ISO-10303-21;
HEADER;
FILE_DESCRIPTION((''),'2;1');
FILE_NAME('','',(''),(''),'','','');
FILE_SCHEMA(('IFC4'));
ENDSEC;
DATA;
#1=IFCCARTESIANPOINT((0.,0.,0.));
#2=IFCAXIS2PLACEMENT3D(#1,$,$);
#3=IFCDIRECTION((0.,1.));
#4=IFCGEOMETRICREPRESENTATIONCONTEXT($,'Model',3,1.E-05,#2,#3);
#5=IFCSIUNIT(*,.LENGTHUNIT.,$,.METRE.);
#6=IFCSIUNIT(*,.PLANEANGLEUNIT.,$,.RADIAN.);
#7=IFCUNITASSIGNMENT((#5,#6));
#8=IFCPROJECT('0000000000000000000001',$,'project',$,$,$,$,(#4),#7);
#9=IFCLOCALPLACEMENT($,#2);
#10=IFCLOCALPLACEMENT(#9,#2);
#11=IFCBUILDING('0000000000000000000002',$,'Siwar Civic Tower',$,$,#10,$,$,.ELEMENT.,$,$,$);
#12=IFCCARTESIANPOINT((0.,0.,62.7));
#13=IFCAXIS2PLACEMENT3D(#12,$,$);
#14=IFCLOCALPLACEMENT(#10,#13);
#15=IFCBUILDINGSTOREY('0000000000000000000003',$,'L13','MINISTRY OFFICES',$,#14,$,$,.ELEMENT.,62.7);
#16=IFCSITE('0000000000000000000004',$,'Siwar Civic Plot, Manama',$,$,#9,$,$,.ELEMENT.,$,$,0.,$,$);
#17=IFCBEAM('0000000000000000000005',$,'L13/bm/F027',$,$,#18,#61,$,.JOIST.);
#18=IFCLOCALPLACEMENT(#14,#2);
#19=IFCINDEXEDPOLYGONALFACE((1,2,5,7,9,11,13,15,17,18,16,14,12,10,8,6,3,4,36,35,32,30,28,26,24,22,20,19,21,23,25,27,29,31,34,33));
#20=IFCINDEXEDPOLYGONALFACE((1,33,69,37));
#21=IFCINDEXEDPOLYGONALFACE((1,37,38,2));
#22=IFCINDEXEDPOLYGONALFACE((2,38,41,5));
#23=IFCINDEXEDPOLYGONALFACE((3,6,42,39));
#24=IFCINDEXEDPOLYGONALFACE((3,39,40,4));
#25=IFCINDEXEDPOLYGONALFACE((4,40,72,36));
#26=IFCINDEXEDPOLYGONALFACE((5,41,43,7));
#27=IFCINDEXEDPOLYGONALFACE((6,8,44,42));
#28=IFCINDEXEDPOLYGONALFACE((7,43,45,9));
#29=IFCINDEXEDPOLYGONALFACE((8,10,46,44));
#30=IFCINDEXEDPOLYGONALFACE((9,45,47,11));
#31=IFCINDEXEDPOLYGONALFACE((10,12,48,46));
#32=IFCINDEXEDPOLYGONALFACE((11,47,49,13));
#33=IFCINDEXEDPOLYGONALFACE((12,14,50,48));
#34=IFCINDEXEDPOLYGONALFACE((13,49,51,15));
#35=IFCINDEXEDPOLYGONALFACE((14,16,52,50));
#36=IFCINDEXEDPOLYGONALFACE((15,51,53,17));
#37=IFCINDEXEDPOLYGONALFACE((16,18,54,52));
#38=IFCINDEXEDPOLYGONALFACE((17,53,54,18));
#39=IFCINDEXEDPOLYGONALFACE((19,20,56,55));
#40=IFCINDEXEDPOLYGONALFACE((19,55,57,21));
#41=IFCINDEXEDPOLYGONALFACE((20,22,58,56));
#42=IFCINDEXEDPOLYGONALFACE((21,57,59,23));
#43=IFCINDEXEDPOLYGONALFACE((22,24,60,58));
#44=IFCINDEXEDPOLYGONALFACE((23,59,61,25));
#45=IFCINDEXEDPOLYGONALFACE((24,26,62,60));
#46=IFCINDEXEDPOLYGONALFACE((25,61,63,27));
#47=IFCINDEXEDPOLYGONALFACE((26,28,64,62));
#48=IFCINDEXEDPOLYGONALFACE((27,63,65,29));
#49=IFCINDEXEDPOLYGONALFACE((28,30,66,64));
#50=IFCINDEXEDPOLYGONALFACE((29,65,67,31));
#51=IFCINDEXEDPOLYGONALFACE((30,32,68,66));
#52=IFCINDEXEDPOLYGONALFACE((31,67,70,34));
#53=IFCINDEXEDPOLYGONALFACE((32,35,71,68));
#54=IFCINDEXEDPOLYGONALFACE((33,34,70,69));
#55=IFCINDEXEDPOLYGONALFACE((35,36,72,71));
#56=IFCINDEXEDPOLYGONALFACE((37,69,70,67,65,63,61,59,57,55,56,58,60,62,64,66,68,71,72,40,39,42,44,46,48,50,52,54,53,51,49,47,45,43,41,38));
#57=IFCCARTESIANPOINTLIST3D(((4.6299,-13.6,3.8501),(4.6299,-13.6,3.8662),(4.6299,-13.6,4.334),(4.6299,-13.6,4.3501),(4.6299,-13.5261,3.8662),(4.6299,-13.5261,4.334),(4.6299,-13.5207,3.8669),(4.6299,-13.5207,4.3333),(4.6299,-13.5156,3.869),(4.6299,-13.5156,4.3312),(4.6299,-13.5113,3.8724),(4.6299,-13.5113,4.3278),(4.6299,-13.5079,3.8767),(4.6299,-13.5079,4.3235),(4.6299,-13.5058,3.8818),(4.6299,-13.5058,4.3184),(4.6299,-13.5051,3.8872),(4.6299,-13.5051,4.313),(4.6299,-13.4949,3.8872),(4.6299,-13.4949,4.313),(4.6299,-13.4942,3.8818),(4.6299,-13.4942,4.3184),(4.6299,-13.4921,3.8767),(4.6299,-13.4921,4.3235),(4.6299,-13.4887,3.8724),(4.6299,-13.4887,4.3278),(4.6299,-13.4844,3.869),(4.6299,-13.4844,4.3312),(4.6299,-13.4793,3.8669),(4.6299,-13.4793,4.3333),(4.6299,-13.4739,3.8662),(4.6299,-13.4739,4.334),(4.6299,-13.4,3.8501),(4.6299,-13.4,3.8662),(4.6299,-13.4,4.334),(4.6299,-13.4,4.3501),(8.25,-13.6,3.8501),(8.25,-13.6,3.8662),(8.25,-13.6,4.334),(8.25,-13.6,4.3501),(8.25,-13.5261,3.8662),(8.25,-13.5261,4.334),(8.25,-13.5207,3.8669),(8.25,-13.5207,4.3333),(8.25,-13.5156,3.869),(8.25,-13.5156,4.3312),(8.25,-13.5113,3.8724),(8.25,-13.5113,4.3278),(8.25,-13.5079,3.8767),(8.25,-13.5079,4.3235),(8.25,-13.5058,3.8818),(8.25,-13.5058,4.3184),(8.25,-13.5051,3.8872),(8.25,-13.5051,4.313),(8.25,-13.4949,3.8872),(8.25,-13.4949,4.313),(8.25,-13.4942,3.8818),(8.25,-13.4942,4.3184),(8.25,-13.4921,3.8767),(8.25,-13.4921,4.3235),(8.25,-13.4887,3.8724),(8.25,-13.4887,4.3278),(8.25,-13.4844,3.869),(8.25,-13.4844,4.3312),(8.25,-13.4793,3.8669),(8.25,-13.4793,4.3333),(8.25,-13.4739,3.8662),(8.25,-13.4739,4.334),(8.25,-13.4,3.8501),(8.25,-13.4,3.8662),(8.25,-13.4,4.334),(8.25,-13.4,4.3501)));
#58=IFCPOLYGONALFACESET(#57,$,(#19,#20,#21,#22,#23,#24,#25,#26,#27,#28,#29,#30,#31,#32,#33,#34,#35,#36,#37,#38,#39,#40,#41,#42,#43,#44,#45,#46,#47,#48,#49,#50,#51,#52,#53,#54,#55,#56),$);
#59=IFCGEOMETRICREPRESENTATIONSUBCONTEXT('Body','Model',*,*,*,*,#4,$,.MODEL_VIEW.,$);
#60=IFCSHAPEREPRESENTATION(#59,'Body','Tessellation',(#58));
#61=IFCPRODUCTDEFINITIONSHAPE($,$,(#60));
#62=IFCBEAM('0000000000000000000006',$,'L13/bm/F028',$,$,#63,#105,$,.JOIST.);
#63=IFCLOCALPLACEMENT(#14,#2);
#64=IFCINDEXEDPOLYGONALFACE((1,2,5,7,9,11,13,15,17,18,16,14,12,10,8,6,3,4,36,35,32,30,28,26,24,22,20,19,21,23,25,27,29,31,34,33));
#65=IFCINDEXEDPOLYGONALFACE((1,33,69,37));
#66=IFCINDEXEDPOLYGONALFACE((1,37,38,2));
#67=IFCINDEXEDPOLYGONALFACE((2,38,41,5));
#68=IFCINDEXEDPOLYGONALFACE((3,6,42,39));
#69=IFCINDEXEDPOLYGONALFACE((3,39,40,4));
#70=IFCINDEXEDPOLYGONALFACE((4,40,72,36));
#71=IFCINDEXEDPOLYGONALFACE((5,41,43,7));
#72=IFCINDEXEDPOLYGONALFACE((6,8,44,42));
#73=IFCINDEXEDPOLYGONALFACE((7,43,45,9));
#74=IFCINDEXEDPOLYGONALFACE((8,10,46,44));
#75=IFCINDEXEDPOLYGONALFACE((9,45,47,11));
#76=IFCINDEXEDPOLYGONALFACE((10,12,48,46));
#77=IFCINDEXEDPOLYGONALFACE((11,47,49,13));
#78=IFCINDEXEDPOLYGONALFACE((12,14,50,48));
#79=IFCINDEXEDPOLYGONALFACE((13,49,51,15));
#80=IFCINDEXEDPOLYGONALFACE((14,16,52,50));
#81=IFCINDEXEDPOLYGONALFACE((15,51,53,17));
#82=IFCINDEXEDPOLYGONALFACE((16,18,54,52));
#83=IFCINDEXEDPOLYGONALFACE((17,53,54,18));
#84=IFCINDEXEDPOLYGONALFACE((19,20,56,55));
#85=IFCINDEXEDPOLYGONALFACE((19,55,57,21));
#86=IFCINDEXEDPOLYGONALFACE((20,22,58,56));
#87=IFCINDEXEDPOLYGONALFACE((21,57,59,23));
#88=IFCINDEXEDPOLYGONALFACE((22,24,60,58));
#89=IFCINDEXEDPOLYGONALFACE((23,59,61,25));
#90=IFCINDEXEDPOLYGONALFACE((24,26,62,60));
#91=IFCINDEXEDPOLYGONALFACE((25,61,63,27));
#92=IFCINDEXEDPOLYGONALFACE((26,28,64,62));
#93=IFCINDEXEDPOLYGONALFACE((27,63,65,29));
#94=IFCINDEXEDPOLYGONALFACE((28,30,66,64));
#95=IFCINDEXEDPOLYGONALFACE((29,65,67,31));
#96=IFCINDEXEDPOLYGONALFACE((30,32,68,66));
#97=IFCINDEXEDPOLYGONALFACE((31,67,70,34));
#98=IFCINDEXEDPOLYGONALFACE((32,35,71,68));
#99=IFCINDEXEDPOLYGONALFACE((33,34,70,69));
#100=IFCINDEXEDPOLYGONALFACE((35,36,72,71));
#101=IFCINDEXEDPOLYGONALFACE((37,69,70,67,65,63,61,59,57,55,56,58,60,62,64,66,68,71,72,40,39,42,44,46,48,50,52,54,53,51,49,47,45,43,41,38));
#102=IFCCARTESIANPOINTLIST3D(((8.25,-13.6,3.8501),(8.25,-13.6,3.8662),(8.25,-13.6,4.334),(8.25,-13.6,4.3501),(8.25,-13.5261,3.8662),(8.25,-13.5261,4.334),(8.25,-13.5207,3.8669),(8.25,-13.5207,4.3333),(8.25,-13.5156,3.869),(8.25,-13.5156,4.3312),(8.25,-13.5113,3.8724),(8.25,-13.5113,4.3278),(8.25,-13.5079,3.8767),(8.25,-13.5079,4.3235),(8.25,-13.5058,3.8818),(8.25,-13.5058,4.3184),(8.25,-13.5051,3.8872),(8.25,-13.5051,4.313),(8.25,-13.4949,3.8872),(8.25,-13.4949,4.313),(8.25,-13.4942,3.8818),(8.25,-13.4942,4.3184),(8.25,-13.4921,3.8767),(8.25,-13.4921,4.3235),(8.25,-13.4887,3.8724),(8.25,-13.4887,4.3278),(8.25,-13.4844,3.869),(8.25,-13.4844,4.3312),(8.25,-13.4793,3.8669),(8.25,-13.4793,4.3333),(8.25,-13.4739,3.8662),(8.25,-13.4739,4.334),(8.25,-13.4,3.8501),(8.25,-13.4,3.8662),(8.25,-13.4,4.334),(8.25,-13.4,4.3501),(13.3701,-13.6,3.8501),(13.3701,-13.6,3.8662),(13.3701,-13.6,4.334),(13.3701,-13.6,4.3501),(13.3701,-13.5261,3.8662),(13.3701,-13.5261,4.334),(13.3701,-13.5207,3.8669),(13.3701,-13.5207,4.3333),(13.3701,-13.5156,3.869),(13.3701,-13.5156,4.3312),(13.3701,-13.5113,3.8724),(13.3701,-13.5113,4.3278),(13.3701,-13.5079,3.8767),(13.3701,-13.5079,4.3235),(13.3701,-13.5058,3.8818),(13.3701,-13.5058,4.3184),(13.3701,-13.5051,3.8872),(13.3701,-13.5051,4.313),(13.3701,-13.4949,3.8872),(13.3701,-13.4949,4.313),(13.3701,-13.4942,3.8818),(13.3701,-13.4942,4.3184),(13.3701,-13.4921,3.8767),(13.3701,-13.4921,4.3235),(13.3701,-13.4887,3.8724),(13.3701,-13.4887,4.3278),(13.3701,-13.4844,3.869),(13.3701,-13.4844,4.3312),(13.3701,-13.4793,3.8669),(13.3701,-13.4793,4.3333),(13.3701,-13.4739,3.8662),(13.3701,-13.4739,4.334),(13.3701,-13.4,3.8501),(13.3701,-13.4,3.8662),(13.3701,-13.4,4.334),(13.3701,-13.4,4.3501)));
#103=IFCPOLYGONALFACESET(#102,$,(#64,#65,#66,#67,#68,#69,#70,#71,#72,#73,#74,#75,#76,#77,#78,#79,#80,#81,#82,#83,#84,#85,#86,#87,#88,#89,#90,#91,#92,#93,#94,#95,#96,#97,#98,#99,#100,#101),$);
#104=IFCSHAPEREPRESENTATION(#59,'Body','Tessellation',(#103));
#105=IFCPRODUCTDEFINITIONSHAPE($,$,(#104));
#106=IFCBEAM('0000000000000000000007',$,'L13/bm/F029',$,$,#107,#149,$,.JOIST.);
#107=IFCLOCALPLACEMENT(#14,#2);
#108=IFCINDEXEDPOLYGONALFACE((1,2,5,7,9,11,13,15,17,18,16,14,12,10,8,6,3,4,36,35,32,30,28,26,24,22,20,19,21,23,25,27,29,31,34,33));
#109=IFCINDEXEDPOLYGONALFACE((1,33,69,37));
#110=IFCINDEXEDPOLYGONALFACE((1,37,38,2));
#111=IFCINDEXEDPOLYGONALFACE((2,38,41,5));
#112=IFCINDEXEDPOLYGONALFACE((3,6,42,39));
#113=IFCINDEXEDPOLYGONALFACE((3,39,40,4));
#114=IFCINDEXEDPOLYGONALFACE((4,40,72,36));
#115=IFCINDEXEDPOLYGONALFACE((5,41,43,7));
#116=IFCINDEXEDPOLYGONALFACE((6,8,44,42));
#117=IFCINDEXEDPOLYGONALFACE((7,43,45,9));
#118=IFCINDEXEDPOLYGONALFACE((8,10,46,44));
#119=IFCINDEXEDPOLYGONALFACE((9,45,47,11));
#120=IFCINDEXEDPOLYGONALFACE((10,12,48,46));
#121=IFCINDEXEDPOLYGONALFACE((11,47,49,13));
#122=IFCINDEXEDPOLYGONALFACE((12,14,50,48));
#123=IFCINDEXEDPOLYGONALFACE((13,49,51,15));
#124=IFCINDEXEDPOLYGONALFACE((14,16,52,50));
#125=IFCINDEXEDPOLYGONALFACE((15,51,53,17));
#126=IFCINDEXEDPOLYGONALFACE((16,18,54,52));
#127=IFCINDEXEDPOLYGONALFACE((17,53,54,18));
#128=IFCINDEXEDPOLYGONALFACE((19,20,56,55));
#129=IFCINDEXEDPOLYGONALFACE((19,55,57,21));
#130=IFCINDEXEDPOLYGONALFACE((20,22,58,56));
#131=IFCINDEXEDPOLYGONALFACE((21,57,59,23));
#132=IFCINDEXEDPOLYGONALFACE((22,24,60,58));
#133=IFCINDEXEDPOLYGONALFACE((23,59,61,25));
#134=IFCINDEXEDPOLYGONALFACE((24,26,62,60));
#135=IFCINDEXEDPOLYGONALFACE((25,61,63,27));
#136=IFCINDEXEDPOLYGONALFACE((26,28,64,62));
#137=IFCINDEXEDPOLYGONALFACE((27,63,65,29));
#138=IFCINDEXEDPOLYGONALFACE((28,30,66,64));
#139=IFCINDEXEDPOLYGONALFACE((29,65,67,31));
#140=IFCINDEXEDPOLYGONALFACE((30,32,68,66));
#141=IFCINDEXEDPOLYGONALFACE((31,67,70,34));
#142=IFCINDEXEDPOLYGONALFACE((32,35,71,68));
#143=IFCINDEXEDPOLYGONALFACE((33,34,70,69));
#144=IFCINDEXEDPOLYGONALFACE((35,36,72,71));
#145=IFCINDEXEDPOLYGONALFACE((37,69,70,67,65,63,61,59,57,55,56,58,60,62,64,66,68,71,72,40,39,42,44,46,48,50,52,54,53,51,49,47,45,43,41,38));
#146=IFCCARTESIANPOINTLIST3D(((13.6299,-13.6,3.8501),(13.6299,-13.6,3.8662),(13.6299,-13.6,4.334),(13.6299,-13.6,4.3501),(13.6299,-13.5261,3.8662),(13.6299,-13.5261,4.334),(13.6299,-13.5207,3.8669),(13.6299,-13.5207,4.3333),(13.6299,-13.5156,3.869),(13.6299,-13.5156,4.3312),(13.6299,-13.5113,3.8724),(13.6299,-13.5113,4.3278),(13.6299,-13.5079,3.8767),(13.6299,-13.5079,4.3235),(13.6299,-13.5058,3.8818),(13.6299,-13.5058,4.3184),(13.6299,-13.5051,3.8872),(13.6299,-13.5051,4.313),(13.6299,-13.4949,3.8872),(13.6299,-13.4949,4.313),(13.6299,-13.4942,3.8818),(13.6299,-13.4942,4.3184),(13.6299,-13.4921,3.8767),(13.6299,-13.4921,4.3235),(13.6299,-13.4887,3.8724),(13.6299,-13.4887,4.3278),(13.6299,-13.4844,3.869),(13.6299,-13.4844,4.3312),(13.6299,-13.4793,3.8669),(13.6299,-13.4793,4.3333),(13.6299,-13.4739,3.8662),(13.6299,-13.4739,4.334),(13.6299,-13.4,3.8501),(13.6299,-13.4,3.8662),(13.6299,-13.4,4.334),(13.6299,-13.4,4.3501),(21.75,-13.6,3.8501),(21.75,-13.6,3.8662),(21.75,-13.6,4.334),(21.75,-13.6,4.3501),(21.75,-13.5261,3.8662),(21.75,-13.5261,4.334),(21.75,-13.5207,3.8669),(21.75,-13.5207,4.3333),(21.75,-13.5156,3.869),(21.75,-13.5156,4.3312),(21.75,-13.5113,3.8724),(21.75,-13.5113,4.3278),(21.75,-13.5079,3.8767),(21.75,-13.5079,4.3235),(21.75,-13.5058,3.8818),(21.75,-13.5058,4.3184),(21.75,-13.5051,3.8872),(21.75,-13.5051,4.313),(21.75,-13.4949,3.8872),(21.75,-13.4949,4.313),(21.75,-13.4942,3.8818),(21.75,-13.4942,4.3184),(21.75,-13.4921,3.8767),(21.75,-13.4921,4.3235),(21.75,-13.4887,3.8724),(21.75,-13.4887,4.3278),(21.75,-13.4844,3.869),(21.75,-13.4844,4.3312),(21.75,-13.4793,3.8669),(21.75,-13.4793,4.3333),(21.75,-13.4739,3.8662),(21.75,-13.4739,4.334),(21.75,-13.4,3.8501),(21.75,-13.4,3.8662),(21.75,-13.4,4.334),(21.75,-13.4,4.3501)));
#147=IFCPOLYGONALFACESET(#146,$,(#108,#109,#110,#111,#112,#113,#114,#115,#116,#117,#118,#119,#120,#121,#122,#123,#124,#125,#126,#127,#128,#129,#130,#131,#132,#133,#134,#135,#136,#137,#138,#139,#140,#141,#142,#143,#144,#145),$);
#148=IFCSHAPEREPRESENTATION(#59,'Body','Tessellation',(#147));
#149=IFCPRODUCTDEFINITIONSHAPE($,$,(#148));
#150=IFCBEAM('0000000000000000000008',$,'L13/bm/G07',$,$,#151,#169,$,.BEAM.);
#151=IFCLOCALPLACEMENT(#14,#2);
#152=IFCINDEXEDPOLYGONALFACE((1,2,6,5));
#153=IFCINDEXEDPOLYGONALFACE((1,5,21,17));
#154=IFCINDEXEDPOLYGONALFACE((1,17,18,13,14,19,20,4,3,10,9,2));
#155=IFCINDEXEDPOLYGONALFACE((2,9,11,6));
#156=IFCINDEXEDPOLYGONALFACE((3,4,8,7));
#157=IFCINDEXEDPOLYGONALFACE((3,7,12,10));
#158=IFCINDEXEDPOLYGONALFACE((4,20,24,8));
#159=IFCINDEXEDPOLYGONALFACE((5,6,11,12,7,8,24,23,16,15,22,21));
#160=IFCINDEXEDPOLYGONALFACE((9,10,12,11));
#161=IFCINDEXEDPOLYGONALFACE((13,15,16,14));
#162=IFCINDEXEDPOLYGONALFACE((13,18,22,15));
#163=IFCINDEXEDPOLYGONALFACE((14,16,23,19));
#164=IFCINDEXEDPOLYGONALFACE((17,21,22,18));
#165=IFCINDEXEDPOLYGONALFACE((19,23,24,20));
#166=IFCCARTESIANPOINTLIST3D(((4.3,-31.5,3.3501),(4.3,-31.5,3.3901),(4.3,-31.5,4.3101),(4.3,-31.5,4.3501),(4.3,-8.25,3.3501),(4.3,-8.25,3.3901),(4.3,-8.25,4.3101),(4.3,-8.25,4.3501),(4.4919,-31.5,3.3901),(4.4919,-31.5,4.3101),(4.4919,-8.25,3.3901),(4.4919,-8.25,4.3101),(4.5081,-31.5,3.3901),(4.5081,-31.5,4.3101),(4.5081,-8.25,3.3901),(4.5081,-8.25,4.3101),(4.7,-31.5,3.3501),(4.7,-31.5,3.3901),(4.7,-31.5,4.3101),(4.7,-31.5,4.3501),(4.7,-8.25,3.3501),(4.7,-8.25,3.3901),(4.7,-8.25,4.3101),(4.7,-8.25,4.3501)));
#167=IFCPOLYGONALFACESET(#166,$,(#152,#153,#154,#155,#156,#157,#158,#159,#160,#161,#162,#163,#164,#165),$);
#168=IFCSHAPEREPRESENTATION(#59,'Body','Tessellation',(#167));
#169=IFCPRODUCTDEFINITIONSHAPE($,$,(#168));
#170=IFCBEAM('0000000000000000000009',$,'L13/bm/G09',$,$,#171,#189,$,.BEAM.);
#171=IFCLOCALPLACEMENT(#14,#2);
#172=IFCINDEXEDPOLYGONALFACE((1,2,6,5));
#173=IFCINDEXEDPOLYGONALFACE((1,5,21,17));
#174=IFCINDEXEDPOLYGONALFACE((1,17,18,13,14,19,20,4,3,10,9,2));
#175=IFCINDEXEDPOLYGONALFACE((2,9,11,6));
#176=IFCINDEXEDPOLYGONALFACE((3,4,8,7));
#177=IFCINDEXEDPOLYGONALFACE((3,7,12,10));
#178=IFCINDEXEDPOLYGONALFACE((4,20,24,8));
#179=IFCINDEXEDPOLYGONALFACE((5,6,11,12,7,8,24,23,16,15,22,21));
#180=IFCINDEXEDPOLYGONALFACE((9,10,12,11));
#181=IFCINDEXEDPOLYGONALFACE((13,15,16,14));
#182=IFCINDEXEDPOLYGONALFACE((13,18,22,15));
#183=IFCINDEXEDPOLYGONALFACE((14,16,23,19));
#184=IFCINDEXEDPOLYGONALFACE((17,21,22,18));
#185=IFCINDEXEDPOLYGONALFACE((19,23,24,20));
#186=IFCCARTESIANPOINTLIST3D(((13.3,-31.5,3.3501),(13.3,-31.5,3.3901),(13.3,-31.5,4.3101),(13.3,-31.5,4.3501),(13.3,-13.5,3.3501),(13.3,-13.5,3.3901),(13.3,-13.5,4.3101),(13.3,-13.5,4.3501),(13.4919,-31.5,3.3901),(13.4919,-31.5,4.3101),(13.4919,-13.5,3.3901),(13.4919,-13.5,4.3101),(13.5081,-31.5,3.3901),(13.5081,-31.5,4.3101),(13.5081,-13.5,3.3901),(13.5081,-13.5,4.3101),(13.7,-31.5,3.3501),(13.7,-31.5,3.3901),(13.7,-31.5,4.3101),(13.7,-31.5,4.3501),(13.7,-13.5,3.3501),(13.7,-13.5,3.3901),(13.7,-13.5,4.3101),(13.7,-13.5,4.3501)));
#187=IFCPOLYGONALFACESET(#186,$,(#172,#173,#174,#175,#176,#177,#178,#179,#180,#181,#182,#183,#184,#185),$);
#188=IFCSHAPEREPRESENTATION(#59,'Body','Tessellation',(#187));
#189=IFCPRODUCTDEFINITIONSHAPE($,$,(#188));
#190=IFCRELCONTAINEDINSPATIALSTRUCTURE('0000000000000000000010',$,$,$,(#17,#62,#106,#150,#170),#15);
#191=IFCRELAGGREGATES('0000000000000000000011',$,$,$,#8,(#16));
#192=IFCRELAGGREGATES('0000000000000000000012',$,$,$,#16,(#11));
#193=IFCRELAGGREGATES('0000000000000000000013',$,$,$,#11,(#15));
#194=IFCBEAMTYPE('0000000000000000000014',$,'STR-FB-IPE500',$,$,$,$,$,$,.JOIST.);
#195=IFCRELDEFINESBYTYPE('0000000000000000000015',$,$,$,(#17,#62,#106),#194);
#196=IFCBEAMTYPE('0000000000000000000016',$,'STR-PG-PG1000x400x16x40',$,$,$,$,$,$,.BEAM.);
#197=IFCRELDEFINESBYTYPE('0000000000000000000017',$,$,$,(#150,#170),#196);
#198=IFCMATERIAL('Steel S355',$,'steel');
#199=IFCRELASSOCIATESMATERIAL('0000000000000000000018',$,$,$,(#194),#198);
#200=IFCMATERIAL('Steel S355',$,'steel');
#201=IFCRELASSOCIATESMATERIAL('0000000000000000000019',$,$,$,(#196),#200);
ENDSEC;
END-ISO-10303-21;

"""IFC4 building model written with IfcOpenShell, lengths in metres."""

from ifc_helpers import new_model, si_unit, direction, frame, origin, origin_2d, place, context, subcontext, project, spatial, i_section, extrude, material, material_profile, profile_set, type_object, element, save


model = new_model("IFC4")

# Units and contexts
model_context = context("Model", 3, precision=1e-05, world=origin(), true_north=direction((0.0, 1.0)))
body_context = subcontext(model_context, "Body", "Model", "MODEL_VIEW")
ifc_project = project(units=[si_unit("LENGTHUNIT", "METRE"), si_unit("PLANEANGLEUNIT", "RADIAN")], contexts=[model_context])

# Site, building, storey
site_placement = place(None, origin())
site = spatial("IfcSite", under=ifc_project, at=site_placement, Name="Siwar Civic Plot, Manama", CompositionType="ELEMENT", RefElevation=0.0)
building_placement = place(site_placement, origin())
building = spatial("IfcBuilding", under=site, at=building_placement, Name="Siwar Civic Tower", CompositionType="ELEMENT")
storey_placement = place(building_placement, frame((0.0, 0.0, 62.7)))
storey = spatial("IfcBuildingStorey", under=building, at=storey_placement, Name="L13", Description="MINISTRY OFFICES", CompositionType="ELEMENT", Elevation=62.7)

# Beams
ifc_material_1 = material(Name="Steel S355", Category="steel")
ifc_material_profile_1 = material_profile(ifc_material_1, i_section(OverallWidth=0.2, OverallDepth=0.5, WebThickness=0.0103, FlangeThickness=0.0161, FilletRadius=0.021, at=origin_2d()), Name="IPE500")
ifc_profile_set_1 = profile_set([ifc_material_profile_1], Name="Steel S355")
beam_type_1 = type_object("IfcBeamType", Name="STR-FB-IPE500", PredefinedType="JOIST", material=ifc_profile_set_1)
beam_1_placement = place(storey_placement, frame((4.6299, -13.5, 4.1001), z_axis=(1.0, 0.0, 0.0), x_axis=(0.0, 1.0, 0.0)))
element("IfcBeam", 1, at=beam_1_placement, inside=storey, type_object=beam_type_1, Name="L13/bm/F027", PredefinedType="JOIST", context=body_context, shape_type="SweptSolid", body=[
    extrude(i_section(OverallWidth=0.2, OverallDepth=0.5, WebThickness=0.0103, FlangeThickness=0.0161, FilletRadius=0.021, at=origin_2d()), origin(), (0.0, 0.0, 1.0), 3.6201),
])
beam_2_placement = place(storey_placement, frame((8.25, -13.5, 4.1001), z_axis=(1.0, 0.0, 0.0), x_axis=(0.0, 1.0, 0.0)))
element("IfcBeam", 2, at=beam_2_placement, inside=storey, type_object=beam_type_1, Name="L13/bm/F028", PredefinedType="JOIST", context=body_context, shape_type="SweptSolid", body=[
    extrude(i_section(OverallWidth=0.2, OverallDepth=0.5, WebThickness=0.0103, FlangeThickness=0.0161, FilletRadius=0.021, at=origin_2d()), origin(), (0.0, 0.0, 1.0), 5.1201),
])
beam_3_placement = place(storey_placement, frame((13.6299, -13.5, 4.1001), z_axis=(1.0, 0.0, 0.0), x_axis=(0.0, 1.0, 0.0)))
element("IfcBeam", 3, at=beam_3_placement, inside=storey, type_object=beam_type_1, Name="L13/bm/F029", PredefinedType="JOIST", context=body_context, shape_type="SweptSolid", body=[
    extrude(i_section(OverallWidth=0.2, OverallDepth=0.5, WebThickness=0.0103, FlangeThickness=0.0161, FilletRadius=0.021, at=origin_2d()), origin(), (0.0, 0.0, 1.0), 8.1201),
])
ifc_material_2 = material(Name="Steel S355", Category="steel")
ifc_material_profile_2 = material_profile(ifc_material_2, i_section(OverallWidth=0.3999, OverallDepth=1.0, WebThickness=0.0161, FlangeThickness=0.04, at=origin_2d()), Name="PG1000x400x16x40")
ifc_profile_set_2 = profile_set([ifc_material_profile_2], Name="Steel S355")
beam_type_2 = type_object("IfcBeamType", Name="STR-PG-PG1000x400x16x40", PredefinedType="BEAM", material=ifc_profile_set_2)
beam_4_placement = place(storey_placement, frame((4.5, -31.5, 3.8501), z_axis=(0.0, 1.0, 0.0), x_axis=(-1.0, 0.0, 0.0)))
element("IfcBeam", 4, at=beam_4_placement, inside=storey, type_object=beam_type_2, Name="L13/bm/G07", PredefinedType="BEAM", context=body_context, shape_type="SweptSolid", body=[
    extrude(i_section(OverallWidth=0.3999, OverallDepth=1.0, WebThickness=0.0161, FlangeThickness=0.04, at=origin_2d()), origin(), (0.0, 0.0, 1.0), 23.25),
])
beam_5_placement = place(storey_placement, frame((13.5, -31.5, 3.8501), z_axis=(0.0, 1.0, 0.0), x_axis=(-1.0, 0.0, 0.0)))
element("IfcBeam", 5, at=beam_5_placement, inside=storey, type_object=beam_type_2, Name="L13/bm/G09", PredefinedType="BEAM", context=body_context, shape_type="SweptSolid", body=[
    extrude(i_section(OverallWidth=0.3999, OverallDepth=1.0, WebThickness=0.0161, FlangeThickness=0.04, at=origin_2d()), origin(), (0.0, 0.0, 1.0), 18.0),
])

save(model, "model.ifc")
